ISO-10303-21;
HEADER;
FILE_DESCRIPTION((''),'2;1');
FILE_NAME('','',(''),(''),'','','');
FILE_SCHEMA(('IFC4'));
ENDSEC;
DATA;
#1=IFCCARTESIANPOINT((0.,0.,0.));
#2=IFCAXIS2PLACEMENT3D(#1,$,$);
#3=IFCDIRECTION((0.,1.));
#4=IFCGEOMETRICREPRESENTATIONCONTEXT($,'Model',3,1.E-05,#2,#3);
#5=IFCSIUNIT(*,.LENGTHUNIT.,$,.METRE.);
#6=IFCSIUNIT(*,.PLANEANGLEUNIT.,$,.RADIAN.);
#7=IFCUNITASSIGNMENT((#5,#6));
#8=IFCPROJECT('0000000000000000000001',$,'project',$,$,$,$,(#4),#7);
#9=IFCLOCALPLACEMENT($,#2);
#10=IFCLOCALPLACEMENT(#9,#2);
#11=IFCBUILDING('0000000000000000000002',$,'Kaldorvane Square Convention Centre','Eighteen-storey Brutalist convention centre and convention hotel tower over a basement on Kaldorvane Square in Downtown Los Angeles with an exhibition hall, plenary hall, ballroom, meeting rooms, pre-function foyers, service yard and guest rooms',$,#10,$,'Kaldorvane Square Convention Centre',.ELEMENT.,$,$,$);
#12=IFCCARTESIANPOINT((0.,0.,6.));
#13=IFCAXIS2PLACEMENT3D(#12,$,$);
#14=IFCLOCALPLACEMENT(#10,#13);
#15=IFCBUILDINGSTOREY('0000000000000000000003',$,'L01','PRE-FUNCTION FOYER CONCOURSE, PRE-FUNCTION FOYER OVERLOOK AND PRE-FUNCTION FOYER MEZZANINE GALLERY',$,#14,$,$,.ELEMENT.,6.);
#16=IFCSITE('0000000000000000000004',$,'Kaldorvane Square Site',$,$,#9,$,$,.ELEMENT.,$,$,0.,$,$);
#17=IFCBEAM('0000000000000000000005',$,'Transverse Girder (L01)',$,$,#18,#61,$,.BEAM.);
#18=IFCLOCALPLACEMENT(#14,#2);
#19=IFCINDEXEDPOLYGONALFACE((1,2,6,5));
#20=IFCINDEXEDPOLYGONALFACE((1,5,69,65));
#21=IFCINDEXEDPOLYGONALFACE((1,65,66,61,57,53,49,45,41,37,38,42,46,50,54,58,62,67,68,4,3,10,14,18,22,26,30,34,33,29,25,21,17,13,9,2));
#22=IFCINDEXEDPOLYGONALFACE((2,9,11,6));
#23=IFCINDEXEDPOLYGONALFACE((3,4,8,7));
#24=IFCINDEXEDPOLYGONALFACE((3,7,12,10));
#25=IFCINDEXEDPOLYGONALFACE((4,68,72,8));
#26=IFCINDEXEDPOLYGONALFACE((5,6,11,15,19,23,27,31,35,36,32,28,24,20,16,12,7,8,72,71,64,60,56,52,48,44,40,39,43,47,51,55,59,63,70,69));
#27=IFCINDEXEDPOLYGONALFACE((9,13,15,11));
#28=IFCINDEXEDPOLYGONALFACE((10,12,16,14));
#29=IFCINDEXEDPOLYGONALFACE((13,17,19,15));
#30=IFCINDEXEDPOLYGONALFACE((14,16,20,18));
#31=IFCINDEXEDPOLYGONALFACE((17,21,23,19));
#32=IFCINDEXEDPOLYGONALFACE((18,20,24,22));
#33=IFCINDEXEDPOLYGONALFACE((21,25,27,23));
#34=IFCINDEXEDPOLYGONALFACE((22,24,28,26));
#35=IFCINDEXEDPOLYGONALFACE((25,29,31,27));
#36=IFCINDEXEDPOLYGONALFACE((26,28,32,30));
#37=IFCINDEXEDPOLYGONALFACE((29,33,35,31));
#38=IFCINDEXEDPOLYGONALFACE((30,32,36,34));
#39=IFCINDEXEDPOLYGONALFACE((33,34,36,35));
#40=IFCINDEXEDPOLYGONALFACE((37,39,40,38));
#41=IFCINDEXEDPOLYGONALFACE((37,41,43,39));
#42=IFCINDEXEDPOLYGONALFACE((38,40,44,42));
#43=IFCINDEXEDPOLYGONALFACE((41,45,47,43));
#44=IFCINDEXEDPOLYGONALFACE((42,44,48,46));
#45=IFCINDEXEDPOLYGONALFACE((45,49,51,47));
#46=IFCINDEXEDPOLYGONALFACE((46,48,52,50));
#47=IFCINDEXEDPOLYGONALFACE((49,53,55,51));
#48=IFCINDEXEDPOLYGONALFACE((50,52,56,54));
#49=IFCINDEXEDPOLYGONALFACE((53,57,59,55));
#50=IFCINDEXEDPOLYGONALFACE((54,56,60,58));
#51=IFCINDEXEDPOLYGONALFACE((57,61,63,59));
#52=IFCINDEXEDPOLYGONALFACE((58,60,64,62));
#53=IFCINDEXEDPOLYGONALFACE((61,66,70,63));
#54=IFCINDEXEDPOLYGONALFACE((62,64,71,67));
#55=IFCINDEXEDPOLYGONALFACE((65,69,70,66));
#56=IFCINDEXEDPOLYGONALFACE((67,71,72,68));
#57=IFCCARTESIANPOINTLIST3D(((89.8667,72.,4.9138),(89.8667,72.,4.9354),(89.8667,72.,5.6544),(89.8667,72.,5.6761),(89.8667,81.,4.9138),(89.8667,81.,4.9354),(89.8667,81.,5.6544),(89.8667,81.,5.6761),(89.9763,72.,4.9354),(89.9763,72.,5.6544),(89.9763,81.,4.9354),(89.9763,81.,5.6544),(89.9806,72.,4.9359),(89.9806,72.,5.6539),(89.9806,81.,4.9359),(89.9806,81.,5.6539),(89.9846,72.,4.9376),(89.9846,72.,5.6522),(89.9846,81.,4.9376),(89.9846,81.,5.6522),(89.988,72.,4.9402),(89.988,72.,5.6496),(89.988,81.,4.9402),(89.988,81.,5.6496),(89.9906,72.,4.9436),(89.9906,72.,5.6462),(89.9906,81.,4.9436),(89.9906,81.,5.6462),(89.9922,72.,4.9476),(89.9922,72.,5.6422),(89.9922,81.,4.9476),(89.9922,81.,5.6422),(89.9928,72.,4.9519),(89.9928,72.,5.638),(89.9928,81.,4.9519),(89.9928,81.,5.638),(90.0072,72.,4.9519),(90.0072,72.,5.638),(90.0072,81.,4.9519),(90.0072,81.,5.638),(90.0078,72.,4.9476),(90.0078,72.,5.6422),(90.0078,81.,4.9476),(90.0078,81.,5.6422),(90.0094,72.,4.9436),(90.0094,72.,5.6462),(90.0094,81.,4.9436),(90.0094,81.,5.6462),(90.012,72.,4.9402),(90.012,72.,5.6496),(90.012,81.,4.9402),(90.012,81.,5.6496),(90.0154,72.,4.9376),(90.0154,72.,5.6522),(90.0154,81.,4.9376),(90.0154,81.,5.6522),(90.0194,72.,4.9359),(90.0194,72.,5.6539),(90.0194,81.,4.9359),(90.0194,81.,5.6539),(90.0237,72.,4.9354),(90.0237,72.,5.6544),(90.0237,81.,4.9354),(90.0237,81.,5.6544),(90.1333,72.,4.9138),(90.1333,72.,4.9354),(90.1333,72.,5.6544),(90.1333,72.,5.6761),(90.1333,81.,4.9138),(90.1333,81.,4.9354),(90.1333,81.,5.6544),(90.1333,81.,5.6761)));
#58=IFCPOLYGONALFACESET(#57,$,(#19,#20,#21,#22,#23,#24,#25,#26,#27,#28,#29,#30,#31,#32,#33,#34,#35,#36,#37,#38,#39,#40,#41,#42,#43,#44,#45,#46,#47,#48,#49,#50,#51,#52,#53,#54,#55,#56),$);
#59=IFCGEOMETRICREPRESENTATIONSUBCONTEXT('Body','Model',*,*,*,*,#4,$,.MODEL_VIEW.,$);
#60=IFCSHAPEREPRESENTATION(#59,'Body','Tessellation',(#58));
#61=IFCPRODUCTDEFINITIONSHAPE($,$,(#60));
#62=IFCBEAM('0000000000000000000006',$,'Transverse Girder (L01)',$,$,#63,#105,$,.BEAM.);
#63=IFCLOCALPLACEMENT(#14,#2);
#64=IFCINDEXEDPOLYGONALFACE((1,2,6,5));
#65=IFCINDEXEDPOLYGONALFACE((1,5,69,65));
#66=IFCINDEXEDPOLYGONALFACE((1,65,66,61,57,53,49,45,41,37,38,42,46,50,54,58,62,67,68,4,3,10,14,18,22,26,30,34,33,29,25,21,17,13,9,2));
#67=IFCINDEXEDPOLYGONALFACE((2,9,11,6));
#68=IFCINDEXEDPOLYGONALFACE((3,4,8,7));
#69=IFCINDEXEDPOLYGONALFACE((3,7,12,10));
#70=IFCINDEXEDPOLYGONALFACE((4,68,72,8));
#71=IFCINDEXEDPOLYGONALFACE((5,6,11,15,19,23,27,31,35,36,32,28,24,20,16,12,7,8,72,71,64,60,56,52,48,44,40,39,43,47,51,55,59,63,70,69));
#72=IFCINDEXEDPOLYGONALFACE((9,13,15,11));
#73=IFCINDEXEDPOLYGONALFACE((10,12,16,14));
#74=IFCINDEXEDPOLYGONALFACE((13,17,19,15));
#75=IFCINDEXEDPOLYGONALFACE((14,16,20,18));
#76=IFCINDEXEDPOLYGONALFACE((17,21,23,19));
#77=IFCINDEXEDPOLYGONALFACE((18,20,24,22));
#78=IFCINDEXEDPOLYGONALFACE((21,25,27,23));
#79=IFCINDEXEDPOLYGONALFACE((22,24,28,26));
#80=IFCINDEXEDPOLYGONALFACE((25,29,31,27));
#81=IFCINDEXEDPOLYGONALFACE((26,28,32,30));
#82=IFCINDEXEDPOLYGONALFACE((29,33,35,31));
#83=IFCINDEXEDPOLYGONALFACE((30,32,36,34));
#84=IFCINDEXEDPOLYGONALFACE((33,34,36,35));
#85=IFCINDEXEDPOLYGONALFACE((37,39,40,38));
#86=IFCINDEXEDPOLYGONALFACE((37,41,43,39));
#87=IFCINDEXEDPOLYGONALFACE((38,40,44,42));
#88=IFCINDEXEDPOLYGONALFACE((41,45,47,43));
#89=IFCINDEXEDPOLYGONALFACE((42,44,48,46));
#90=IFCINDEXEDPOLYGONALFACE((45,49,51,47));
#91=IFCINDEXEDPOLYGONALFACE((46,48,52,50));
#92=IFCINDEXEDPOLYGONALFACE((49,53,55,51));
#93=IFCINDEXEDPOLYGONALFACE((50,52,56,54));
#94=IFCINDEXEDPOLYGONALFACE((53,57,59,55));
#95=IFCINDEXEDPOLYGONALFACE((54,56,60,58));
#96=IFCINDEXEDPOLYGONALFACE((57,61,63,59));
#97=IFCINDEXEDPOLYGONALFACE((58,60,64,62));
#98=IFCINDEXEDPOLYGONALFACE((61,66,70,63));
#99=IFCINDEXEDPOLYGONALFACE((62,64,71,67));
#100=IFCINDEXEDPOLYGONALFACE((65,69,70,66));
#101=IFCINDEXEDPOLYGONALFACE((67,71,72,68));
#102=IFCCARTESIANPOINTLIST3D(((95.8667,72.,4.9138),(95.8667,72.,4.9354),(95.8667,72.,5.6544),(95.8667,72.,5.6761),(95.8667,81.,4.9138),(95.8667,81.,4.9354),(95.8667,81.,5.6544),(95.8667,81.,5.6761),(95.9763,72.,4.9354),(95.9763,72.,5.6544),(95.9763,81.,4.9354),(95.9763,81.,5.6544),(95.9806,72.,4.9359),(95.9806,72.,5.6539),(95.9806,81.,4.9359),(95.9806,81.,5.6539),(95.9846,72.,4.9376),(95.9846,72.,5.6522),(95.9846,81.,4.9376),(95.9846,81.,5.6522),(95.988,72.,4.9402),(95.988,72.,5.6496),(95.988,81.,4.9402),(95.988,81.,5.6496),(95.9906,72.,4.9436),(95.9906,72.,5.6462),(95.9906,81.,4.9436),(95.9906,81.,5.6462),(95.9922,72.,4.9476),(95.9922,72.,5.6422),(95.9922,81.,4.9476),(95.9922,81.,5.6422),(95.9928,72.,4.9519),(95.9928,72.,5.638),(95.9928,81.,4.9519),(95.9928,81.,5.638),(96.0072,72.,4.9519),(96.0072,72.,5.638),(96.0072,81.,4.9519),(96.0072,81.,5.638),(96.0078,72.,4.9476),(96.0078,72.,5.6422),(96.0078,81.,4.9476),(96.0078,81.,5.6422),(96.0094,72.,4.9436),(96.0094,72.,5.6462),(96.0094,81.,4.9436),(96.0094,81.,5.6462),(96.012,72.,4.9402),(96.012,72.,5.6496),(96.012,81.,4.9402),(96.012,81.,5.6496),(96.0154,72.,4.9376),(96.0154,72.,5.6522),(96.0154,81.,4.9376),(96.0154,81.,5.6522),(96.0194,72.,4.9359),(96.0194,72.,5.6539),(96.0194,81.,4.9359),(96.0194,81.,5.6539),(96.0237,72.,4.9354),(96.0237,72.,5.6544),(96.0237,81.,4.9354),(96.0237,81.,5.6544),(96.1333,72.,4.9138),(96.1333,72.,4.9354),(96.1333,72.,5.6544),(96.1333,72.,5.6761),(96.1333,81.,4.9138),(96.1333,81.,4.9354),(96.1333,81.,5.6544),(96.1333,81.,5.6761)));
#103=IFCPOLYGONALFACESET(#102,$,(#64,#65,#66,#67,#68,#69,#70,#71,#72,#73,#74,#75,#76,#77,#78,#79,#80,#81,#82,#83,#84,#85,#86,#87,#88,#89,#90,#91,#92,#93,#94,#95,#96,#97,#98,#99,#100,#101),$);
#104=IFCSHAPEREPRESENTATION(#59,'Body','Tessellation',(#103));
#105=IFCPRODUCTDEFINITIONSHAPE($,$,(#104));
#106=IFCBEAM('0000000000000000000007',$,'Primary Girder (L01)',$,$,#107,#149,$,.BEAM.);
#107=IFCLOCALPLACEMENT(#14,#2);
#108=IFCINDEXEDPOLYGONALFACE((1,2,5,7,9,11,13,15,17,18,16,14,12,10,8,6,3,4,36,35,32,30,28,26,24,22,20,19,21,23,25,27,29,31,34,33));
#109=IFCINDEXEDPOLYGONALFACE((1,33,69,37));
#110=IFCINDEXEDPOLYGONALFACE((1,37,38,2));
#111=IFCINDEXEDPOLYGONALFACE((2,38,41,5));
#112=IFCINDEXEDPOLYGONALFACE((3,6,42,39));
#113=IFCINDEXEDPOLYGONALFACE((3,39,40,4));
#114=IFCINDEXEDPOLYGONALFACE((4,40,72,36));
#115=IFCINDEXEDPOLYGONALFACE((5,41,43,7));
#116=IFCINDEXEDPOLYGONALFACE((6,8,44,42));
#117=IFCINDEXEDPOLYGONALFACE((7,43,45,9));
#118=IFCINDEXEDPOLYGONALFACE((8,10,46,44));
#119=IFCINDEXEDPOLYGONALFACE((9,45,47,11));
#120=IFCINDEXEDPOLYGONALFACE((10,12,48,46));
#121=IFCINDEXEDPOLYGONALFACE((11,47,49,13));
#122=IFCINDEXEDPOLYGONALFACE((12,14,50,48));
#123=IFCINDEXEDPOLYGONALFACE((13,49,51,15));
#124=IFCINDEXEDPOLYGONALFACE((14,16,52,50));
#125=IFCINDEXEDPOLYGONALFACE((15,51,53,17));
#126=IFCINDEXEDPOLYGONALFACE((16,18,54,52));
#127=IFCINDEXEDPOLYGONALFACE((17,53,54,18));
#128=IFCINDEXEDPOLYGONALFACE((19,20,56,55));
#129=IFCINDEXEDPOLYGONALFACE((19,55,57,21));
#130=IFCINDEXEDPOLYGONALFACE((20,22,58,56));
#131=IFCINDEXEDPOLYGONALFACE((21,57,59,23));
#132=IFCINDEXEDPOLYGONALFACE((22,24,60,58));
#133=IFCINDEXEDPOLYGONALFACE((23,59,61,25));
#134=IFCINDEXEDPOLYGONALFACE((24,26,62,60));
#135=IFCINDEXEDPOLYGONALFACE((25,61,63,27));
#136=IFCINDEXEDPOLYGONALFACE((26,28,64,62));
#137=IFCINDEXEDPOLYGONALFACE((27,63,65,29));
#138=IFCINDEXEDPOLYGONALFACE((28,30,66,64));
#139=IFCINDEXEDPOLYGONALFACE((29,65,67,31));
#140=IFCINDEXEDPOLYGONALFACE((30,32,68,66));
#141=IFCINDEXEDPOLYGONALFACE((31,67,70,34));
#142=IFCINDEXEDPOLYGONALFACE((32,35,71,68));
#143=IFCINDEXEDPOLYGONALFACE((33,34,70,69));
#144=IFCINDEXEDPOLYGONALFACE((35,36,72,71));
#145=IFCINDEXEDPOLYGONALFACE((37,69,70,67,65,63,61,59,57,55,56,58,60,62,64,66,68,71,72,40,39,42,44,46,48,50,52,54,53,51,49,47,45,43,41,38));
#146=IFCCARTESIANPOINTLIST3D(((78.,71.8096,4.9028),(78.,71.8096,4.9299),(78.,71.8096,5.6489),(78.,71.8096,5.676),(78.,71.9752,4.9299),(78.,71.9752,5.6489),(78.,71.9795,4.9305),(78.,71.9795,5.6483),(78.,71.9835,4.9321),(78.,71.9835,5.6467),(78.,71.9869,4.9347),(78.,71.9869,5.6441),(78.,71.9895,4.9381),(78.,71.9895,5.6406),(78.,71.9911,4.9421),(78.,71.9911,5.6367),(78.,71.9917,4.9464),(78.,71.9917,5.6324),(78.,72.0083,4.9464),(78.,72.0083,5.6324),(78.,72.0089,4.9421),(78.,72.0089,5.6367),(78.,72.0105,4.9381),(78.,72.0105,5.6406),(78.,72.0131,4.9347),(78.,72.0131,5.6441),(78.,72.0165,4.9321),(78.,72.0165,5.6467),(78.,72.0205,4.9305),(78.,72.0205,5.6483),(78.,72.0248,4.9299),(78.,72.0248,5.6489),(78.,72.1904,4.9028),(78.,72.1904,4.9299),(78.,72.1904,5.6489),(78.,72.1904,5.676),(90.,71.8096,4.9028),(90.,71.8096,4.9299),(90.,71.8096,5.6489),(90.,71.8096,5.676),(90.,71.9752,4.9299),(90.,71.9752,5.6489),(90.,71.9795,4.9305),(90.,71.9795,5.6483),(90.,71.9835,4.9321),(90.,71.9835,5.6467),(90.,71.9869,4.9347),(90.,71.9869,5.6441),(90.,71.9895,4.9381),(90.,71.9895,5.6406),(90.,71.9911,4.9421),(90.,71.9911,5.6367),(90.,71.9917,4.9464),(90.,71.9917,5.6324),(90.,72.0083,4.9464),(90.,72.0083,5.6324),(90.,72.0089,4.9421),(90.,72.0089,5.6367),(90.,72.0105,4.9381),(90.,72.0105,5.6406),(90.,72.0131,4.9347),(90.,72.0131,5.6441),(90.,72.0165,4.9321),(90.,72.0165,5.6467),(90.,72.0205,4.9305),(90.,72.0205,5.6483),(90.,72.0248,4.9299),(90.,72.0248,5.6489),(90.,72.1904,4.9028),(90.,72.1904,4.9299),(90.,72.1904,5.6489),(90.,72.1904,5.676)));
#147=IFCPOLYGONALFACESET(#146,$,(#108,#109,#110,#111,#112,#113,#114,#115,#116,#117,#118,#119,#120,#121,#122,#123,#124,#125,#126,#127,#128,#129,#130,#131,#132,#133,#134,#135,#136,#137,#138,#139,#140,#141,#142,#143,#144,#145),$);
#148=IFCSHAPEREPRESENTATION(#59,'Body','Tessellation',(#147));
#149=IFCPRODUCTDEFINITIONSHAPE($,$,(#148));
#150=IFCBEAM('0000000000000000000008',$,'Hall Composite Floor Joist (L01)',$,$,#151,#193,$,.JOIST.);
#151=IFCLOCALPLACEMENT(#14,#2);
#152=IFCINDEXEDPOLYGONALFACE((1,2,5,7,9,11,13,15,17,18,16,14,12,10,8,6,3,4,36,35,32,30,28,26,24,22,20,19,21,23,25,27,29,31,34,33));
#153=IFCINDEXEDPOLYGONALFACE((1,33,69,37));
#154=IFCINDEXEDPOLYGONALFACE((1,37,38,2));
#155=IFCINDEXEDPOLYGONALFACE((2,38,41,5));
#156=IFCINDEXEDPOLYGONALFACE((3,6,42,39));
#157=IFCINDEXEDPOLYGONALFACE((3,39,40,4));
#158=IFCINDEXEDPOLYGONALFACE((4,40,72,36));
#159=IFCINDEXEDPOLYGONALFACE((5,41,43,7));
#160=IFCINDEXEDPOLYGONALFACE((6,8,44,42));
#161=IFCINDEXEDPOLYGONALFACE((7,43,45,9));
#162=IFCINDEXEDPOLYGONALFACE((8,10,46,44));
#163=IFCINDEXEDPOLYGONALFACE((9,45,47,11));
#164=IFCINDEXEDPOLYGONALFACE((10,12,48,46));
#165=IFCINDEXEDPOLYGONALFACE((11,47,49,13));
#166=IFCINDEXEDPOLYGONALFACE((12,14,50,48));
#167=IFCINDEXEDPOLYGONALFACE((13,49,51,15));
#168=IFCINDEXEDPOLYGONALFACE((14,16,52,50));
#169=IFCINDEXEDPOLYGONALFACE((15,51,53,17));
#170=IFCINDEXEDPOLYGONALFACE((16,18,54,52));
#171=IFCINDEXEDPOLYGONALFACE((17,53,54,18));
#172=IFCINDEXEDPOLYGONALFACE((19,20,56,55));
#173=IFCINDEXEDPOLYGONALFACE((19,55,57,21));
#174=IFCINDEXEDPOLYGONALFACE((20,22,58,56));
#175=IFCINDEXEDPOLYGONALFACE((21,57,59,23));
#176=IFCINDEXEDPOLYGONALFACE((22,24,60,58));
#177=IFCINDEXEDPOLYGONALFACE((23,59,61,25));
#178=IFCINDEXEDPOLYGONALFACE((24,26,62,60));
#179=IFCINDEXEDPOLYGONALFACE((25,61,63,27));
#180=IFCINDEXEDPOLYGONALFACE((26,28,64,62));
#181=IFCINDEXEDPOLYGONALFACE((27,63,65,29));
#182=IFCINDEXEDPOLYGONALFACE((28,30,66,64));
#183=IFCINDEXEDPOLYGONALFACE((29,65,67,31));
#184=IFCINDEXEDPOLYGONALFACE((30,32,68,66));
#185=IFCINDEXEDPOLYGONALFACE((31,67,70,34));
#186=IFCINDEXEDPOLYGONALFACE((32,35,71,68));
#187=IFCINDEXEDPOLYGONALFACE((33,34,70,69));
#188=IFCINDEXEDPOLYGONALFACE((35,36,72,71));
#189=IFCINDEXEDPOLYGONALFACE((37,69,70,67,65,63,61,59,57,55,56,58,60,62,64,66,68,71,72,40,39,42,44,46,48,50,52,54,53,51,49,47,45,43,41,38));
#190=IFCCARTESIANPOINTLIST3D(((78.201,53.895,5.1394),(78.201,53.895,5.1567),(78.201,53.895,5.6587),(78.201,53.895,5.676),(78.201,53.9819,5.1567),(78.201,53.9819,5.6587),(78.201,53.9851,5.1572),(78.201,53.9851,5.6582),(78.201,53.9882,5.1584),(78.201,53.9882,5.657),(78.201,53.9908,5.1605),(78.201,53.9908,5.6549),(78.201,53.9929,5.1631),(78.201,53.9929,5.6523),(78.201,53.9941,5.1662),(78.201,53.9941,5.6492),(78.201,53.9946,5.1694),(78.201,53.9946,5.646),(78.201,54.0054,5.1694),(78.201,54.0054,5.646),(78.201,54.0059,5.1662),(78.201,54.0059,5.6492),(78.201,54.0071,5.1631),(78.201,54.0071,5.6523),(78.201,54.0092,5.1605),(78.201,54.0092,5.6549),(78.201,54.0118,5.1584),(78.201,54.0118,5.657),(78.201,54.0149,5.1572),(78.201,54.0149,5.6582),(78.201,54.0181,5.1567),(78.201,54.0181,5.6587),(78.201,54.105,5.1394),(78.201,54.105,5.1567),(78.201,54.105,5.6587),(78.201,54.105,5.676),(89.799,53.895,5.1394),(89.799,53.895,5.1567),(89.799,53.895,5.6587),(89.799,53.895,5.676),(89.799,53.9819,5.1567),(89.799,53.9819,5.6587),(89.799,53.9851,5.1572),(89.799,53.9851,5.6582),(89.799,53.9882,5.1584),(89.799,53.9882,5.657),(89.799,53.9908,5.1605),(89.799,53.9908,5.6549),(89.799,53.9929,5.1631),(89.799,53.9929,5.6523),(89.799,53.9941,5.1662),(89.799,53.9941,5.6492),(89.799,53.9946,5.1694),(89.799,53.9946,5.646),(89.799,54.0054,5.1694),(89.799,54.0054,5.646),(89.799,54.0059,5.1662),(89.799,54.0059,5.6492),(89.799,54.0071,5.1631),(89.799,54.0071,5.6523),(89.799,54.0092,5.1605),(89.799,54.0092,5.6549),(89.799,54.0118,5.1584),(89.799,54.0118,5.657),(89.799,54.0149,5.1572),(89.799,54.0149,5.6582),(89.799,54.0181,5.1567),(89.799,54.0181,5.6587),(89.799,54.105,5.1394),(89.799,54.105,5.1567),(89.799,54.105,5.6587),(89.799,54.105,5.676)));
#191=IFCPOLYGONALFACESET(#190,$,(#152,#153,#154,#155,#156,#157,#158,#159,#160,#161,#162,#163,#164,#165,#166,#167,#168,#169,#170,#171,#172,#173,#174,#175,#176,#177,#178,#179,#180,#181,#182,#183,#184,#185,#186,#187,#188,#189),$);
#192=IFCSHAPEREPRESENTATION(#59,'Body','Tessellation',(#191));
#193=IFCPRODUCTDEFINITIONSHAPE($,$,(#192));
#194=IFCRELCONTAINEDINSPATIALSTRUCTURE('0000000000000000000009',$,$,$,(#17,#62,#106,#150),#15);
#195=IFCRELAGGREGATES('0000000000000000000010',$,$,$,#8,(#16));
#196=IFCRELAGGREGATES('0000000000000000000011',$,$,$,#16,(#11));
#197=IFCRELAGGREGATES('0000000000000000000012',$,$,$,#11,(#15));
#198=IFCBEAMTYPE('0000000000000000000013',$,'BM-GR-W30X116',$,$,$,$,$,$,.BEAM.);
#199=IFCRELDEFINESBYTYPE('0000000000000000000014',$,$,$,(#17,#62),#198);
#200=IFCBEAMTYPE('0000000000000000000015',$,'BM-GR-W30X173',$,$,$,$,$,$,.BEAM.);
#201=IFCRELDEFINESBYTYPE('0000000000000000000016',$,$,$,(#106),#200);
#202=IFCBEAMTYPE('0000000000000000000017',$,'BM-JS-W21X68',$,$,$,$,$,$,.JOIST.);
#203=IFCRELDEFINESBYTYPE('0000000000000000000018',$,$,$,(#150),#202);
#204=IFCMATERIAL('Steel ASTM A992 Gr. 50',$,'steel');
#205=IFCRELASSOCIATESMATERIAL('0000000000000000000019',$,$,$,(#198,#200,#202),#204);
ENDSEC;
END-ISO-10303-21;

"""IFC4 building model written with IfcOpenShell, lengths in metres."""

from ifc_helpers import new_model, si_unit, direction, frame, origin, origin_2d, place, context, subcontext, project, spatial, i_section, extrude, material, material_profile, profile_set, type_object, element, save


model = new_model("IFC4")

# Units and contexts
model_context = context("Model", 3, precision=1e-05, world=origin(), true_north=direction((0.0, 1.0)))
body_context = subcontext(model_context, "Body", "Model", "MODEL_VIEW")
ifc_project = project(units=[si_unit("LENGTHUNIT", "METRE"), si_unit("PLANEANGLEUNIT", "RADIAN")], contexts=[model_context])

# Site, building, storey
site_placement = place(None, origin())
site = spatial("IfcSite", under=ifc_project, at=site_placement, Name="Kaldorvane Square Site", CompositionType="ELEMENT", RefElevation=0.0)
building_placement = place(site_placement, origin())
building = spatial("IfcBuilding", under=site, at=building_placement, Name="Kaldorvane Square Convention Centre", Description="Eighteen-storey Brutalist convention centre and convention hotel tower over a basement on Kaldorvane Square in Downtown Los Angeles with an exhibition hall, plenary hall, ballroom, meeting rooms, pre-function foyers, service yard and guest rooms", LongName="Kaldorvane Square Convention Centre", CompositionType="ELEMENT")
storey_placement = place(building_placement, frame((0.0, 0.0, 6.0)))
storey = spatial("IfcBuildingStorey", under=building, at=storey_placement, Name="L01", Description="PRE-FUNCTION FOYER CONCOURSE, PRE-FUNCTION FOYER OVERLOOK AND PRE-FUNCTION FOYER MEZZANINE GALLERY", CompositionType="ELEMENT", Elevation=6.0)

# Beams
ifc_material_1 = material(Name="Steel ASTM A992 Gr. 50", Category="steel")
ifc_material_profile_1 = material_profile(ifc_material_1, i_section(OverallWidth=0.2666, OverallDepth=0.7623, WebThickness=0.0144, FlangeThickness=0.0216, FilletRadius=0.0165, at=origin_2d()), Name="W30X116")
ifc_profile_set_1 = profile_set([ifc_material_profile_1], Name="Steel ASTM A992 Gr. 50")
beam_type_1 = type_object("IfcBeamType", Name="BM-GR-W30X116", PredefinedType="BEAM", material=ifc_profile_set_1)
for number, where, z_axis, x_axis, name in (
    (1, (90.0, 72.0, 5.2949), (0.0, 1.0, 0.0), (-1.0, 0.0, 0.0), "Transverse Girder (L01)"),
    (2, (96.0, 72.0, 5.2949), (0.0, 1.0, 0.0), (-1.0, 0.0, 0.0), "Transverse Girder (L01)"),
):
    element("IfcBeam", number, at=place(storey_placement, frame(where, z_axis=z_axis, x_axis=x_axis)), inside=storey, type_object=beam_type_1, Name=name, PredefinedType="BEAM", context=body_context, shape_type="SweptSolid", body=[
        extrude(i_section(OverallWidth=0.2666, OverallDepth=0.7623, WebThickness=0.0144, FlangeThickness=0.0216, FilletRadius=0.0165, at=origin_2d()), origin(), (0.0, 0.0, 1.0), 9.0),
    ])
ifc_material_profile_2 = material_profile(ifc_material_1, i_section(OverallWidth=0.3807, OverallDepth=0.7732, WebThickness=0.0166, FlangeThickness=0.0271, FilletRadius=0.0165, at=origin_2d()), Name="W30X173")
ifc_profile_set_2 = profile_set([ifc_material_profile_2], Name="Steel ASTM A992 Gr. 50")
beam_type_2 = type_object("IfcBeamType", Name="BM-GR-W30X173", PredefinedType="BEAM", material=ifc_profile_set_2)
beam_placement = place(storey_placement, frame((78.0, 72.0, 5.2894), z_axis=(1.0, 0.0, 0.0), x_axis=(0.0, 1.0, 0.0)))
element("IfcBeam", 3, at=beam_placement, inside=storey, type_object=beam_type_2, Name="Primary Girder (L01)", PredefinedType="BEAM", context=body_context, shape_type="SweptSolid", body=[
    extrude(i_section(OverallWidth=0.3807, OverallDepth=0.7732, WebThickness=0.0166, FlangeThickness=0.0271, FilletRadius=0.0165, at=origin_2d()), origin(), (0.0, 0.0, 1.0), 12.0),
])
ifc_material_profile_3 = material_profile(ifc_material_1, i_section(OverallWidth=0.2101, OverallDepth=0.5367, WebThickness=0.0109, FlangeThickness=0.0174, FilletRadius=0.0127, at=origin_2d()), Name="W21X68")
ifc_profile_set_3 = profile_set([ifc_material_profile_3], Name="Steel ASTM A992 Gr. 50")
beam_type_3 = type_object("IfcBeamType", Name="BM-JS-W21X68", PredefinedType="JOIST", material=ifc_profile_set_3)
for number, where, z_axis, x_axis, name in (
    (4, (78.201, 54.0, 5.4077), (1.0, 0.0, 0.0), (0.0, 1.0, 0.0), "Hall Composite Floor Joist (L01)"),
):
    element("IfcBeam", number, at=place(storey_placement, frame(where, z_axis=z_axis, x_axis=x_axis)), inside=storey, type_object=beam_type_3, Name=name, PredefinedType="JOIST", context=body_context, shape_type="SweptSolid", body=[
        extrude(i_section(OverallWidth=0.2101, OverallDepth=0.5367, WebThickness=0.0109, FlangeThickness=0.0174, FilletRadius=0.0127, at=origin_2d()), origin(), (0.0, 0.0, 1.0), 11.598),
    ])

save(model, "model.ifc")
